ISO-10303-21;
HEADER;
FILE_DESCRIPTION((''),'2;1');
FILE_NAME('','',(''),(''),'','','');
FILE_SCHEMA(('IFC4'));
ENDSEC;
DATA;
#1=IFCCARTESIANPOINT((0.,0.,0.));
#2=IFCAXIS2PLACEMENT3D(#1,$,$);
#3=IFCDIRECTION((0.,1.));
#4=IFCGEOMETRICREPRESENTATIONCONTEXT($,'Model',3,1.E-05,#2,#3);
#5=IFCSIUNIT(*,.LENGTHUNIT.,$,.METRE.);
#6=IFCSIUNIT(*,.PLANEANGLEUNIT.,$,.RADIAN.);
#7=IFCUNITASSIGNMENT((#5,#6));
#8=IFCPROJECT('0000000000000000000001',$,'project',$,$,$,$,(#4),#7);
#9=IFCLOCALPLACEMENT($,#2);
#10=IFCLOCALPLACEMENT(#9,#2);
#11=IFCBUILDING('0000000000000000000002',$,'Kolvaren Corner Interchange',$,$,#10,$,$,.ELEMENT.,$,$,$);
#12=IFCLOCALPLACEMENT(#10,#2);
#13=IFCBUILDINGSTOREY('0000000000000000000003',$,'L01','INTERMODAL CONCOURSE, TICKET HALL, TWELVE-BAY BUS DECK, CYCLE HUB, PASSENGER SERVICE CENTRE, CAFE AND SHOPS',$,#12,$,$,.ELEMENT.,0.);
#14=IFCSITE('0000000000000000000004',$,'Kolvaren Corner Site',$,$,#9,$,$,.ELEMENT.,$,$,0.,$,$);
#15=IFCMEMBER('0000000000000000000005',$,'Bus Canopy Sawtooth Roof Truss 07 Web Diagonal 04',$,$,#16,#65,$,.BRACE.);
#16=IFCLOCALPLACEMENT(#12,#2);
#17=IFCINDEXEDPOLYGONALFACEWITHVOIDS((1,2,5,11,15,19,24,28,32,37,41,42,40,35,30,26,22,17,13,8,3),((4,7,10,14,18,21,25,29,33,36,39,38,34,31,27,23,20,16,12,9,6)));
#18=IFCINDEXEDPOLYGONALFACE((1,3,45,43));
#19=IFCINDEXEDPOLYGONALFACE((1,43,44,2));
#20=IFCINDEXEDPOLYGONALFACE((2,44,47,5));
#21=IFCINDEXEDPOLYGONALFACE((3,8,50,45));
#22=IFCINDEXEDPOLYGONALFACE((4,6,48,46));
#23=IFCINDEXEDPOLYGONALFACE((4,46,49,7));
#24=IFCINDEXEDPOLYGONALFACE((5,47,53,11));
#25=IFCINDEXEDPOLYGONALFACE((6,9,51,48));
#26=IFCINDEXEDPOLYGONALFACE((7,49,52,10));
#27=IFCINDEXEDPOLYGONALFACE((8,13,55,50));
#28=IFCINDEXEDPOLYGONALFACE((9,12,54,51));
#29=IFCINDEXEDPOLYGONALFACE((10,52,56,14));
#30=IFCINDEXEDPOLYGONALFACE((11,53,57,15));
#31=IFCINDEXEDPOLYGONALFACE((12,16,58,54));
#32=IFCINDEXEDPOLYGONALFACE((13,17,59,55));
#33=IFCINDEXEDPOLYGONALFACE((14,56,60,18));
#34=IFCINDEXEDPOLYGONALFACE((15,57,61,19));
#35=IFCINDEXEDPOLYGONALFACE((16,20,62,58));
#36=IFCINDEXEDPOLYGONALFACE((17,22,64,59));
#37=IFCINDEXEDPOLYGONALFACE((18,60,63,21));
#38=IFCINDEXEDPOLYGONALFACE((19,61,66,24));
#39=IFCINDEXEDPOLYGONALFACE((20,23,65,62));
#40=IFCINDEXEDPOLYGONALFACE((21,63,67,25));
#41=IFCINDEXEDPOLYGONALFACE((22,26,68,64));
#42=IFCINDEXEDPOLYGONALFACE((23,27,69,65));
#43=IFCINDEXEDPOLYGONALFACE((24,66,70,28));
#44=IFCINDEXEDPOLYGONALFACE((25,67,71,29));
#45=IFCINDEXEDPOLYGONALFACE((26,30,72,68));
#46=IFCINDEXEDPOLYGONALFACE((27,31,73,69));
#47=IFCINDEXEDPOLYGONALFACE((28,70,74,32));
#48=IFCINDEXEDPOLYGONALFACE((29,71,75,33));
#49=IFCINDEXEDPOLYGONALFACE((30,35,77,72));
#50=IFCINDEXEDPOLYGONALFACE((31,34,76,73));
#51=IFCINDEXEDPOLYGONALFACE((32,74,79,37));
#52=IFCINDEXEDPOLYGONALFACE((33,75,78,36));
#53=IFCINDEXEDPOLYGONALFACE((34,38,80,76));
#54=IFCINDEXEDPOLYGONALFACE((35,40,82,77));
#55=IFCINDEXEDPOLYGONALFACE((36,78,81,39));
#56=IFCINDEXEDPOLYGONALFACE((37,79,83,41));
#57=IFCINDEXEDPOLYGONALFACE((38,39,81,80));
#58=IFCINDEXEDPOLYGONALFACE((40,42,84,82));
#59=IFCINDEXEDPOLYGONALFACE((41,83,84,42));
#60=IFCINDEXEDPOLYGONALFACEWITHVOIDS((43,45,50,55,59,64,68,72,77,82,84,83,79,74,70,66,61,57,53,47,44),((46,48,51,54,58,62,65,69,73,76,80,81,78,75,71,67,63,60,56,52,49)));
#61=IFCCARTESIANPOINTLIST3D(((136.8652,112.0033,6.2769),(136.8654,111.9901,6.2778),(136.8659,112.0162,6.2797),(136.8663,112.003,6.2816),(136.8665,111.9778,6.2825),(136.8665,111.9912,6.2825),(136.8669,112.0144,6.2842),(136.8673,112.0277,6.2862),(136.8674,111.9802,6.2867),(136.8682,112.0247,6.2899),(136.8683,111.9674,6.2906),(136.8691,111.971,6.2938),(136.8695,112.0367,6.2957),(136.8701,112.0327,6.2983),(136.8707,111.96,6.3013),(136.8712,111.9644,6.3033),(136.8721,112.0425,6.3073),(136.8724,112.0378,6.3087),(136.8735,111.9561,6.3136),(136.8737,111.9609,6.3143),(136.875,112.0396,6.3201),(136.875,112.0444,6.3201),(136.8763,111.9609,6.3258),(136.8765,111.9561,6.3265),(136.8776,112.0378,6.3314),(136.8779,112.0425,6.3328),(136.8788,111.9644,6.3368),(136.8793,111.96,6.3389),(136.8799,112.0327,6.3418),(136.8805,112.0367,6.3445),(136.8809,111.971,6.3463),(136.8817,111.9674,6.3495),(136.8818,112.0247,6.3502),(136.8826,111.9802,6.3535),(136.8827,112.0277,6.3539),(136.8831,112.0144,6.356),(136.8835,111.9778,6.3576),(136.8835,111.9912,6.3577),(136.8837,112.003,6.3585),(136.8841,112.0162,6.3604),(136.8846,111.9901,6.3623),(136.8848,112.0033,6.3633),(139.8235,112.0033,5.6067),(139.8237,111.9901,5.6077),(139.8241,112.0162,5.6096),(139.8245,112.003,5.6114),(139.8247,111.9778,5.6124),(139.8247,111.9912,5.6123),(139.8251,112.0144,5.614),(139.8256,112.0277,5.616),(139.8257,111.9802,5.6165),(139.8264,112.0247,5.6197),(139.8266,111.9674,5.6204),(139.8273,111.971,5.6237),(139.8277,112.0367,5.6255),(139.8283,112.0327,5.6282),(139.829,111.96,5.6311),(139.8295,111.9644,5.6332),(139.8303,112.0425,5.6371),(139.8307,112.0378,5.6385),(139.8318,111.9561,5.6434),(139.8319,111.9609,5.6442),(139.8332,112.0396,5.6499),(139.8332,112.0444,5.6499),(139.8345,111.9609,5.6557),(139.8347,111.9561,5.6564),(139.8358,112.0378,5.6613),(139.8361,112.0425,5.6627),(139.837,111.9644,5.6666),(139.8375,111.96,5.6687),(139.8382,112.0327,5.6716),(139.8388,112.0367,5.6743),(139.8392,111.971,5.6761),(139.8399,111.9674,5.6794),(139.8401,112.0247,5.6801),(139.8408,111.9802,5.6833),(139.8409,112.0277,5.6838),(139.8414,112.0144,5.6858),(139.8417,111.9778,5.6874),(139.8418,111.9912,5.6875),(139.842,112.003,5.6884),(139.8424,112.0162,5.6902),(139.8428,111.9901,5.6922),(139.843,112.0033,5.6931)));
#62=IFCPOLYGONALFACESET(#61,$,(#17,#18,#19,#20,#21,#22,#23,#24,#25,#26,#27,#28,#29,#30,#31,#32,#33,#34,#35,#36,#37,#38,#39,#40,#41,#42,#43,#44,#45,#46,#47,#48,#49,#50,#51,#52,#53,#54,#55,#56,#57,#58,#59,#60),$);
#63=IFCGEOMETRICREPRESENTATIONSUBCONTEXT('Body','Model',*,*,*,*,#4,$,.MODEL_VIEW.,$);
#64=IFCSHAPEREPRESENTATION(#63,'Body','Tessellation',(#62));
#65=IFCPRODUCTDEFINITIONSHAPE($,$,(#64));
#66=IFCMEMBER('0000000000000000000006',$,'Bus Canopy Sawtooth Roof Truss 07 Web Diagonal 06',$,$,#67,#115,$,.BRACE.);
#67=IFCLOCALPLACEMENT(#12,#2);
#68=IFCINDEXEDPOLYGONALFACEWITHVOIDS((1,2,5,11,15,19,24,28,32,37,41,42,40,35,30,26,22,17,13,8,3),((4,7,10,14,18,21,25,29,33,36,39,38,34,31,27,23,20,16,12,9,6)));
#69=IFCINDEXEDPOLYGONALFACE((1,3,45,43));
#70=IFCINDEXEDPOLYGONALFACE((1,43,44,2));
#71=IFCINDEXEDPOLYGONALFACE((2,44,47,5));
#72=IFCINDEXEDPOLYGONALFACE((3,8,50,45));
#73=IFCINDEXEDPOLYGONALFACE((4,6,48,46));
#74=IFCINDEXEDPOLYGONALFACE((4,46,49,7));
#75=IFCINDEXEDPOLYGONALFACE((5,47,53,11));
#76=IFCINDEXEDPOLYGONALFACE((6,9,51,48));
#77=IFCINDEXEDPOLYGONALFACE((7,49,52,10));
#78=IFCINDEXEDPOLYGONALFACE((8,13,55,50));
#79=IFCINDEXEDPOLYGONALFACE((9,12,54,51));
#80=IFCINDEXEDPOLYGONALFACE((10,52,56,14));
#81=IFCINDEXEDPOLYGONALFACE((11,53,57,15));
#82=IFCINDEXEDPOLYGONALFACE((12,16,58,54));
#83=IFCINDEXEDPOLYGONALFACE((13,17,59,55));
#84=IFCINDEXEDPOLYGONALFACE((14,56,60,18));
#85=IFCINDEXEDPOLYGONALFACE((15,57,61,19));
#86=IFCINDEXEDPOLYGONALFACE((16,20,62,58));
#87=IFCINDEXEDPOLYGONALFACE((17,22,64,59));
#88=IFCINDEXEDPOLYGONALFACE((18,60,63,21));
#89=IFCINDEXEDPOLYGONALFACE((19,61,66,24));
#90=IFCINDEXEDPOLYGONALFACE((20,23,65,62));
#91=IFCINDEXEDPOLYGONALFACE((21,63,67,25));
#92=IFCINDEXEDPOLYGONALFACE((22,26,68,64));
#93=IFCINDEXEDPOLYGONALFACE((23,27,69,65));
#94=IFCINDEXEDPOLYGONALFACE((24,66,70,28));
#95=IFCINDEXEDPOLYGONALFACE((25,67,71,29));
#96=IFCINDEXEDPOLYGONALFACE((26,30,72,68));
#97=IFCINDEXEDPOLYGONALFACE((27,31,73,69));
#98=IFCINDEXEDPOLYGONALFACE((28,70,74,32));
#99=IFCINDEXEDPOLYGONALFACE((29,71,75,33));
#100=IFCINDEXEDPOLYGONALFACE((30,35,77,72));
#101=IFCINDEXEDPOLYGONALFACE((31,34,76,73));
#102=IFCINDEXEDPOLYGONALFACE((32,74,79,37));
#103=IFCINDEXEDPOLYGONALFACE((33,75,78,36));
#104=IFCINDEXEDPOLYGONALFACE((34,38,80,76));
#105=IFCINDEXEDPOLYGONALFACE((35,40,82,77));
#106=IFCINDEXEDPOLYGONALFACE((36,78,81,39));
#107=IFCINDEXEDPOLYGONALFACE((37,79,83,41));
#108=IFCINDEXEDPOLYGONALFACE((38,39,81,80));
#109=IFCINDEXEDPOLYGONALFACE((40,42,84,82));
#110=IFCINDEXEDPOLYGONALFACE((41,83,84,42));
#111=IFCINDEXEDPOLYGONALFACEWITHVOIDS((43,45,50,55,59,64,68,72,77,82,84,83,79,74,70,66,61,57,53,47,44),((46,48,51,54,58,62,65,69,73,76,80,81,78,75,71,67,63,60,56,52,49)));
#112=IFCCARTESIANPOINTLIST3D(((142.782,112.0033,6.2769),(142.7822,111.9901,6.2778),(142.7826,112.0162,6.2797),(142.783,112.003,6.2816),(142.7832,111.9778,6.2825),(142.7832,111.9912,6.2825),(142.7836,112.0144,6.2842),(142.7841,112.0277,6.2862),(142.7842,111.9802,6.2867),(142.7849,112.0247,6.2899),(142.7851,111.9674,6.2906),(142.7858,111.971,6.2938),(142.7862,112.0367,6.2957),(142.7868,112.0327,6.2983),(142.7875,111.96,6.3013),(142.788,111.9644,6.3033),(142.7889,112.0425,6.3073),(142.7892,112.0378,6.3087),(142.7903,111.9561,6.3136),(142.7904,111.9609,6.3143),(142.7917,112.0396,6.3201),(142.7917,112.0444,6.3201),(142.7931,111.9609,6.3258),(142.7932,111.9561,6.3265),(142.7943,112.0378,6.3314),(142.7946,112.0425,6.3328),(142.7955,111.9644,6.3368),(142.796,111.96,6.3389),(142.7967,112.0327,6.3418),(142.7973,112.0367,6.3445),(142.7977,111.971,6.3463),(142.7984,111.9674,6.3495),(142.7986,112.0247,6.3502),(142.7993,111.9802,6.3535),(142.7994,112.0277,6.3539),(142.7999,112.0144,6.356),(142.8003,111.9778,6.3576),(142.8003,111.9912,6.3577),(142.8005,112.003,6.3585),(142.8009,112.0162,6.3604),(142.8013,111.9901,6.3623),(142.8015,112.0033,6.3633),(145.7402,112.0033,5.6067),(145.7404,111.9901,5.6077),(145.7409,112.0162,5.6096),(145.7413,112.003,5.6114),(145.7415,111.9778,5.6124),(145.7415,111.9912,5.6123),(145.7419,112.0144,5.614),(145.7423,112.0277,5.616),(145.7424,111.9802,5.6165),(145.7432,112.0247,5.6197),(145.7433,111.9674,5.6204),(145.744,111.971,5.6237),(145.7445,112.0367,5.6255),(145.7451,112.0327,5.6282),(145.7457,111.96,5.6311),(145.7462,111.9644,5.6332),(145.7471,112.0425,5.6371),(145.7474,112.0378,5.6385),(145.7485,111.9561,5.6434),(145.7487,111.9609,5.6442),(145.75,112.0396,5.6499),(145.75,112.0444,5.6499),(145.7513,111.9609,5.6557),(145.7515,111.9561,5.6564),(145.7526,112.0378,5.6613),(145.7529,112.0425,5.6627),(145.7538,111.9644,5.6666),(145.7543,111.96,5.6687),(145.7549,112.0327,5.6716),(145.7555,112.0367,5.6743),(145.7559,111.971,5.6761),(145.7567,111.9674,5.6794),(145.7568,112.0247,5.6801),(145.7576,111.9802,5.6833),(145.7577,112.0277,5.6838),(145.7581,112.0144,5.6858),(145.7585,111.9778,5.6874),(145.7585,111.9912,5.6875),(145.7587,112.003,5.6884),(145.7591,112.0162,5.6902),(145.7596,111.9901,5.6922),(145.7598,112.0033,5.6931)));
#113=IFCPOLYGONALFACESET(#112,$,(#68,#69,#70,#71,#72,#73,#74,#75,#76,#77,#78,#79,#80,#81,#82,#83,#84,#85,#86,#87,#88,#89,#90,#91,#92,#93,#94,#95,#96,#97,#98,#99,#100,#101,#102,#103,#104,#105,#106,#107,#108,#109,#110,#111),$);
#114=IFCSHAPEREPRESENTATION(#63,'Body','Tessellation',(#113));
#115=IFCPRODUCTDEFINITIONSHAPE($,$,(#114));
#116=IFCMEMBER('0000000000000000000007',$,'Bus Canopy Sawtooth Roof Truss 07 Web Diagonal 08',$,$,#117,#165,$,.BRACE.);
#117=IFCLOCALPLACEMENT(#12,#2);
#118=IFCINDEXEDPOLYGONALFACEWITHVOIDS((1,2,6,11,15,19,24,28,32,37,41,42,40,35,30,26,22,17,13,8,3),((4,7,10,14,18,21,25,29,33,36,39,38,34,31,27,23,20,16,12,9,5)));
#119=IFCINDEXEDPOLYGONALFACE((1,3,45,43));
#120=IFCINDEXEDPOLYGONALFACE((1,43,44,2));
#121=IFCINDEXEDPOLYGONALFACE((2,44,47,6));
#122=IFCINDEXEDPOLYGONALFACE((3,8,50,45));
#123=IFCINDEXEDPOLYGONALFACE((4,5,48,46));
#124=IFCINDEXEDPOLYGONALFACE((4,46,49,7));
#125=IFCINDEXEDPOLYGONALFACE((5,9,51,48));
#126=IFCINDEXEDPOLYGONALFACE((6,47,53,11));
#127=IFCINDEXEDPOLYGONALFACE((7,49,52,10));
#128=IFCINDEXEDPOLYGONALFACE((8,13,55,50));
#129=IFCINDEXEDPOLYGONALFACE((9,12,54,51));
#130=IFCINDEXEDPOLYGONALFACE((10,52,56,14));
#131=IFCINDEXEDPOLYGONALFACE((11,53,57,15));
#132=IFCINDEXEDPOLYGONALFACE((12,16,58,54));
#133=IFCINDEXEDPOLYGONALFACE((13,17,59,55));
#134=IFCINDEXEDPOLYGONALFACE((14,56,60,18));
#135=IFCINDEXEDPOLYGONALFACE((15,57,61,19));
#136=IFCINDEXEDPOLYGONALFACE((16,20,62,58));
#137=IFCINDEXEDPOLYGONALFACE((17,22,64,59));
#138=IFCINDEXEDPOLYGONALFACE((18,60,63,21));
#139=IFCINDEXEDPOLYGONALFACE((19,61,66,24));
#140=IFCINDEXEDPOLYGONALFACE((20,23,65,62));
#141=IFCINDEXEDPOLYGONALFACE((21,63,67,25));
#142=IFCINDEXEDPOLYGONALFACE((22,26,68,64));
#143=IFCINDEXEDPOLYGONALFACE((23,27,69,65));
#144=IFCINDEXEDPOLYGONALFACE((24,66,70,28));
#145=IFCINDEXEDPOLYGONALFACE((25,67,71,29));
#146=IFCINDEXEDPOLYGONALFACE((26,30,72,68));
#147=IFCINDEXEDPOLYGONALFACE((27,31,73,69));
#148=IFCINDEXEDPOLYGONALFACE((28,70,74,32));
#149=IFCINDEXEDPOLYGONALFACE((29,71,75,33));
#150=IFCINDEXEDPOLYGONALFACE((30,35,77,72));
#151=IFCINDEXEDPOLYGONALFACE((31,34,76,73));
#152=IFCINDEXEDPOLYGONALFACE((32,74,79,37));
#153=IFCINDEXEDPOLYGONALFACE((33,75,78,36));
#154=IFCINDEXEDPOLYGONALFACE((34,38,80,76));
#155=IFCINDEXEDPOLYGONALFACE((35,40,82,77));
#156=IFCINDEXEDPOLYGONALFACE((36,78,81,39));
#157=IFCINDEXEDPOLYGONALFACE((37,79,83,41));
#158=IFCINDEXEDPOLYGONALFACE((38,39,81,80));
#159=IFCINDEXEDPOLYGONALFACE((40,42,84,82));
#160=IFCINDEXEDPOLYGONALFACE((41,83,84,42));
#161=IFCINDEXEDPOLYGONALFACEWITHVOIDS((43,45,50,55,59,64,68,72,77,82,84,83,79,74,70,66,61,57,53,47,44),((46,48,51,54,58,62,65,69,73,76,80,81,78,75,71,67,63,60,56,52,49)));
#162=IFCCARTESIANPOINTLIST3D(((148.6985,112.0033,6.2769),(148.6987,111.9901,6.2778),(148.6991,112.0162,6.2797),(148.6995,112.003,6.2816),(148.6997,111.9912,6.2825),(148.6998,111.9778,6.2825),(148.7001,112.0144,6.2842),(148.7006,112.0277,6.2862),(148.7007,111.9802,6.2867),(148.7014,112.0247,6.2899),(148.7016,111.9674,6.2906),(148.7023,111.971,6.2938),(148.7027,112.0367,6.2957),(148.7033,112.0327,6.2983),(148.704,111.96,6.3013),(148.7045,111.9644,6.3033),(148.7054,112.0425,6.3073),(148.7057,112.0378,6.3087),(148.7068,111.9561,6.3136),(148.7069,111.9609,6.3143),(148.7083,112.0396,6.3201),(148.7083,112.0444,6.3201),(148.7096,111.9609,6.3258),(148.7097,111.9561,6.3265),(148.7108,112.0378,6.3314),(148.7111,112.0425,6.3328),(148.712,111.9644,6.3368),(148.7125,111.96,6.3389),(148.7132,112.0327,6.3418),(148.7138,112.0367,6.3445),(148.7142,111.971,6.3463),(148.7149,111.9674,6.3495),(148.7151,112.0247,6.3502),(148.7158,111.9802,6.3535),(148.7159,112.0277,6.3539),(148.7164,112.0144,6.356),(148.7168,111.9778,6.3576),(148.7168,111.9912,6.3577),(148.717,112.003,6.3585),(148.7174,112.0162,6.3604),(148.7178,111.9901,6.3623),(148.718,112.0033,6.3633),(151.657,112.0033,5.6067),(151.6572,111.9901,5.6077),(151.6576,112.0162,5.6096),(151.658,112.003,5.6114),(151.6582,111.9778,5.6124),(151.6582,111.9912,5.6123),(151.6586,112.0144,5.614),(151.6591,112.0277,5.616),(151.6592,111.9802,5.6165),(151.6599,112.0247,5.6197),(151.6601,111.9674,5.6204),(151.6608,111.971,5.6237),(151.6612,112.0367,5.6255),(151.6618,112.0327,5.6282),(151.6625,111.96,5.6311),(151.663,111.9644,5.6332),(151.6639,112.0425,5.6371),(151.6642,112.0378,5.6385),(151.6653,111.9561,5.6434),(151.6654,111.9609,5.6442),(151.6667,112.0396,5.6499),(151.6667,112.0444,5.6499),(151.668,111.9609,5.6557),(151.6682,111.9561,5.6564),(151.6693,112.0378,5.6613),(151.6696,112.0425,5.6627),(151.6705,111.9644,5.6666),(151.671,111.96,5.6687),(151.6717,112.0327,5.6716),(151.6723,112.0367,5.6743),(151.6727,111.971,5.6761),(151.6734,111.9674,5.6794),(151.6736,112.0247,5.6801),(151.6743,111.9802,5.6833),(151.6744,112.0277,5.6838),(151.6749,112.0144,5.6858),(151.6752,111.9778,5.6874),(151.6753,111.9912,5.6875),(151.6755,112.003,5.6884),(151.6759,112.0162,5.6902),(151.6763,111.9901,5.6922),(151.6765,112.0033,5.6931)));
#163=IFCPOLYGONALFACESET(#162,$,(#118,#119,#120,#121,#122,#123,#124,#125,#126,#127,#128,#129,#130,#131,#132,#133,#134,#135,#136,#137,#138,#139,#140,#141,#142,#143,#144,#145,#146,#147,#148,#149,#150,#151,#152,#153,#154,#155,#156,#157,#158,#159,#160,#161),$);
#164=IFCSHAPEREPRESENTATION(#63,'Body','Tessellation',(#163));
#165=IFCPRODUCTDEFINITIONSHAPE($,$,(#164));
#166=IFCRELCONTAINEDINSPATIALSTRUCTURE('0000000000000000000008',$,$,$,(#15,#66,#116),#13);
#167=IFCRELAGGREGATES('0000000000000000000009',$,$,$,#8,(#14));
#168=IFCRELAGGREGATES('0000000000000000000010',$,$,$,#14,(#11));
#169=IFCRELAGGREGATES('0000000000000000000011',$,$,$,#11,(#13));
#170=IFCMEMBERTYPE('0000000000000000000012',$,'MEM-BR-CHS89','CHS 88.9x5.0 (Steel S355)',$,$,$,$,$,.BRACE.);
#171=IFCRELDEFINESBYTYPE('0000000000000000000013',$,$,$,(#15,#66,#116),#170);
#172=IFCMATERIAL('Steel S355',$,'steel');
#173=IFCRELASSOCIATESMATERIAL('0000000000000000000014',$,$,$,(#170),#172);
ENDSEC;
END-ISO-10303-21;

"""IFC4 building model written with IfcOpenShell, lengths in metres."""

from ifc_helpers import new_model, si_unit, direction, frame, origin, origin_2d, place, context, subcontext, project, spatial, hollow_circle, extrude, material, material_profile, profile_set, type_object, element, save


model = new_model("IFC4")

# Units and contexts
model_context = context("Model", 3, precision=1e-05, world=origin(), true_north=direction((0.0, 1.0)))
body_context = subcontext(model_context, "Body", "Model", "MODEL_VIEW")
ifc_project = project(units=[si_unit("LENGTHUNIT", "METRE"), si_unit("PLANEANGLEUNIT", "RADIAN")], contexts=[model_context])

# Site, building, storey
site_placement = place(None, origin())
site = spatial("IfcSite", under=ifc_project, at=site_placement, Name="Kolvaren Corner Site", CompositionType="ELEMENT", RefElevation=0.0)
building_placement = place(site_placement, origin())
building = spatial("IfcBuilding", under=site, at=building_placement, Name="Kolvaren Corner Interchange", CompositionType="ELEMENT")
storey_placement = place(building_placement, origin())
storey = spatial("IfcBuildingStorey", under=building, at=storey_placement, Name="L01", Description="INTERMODAL CONCOURSE, TICKET HALL, TWELVE-BAY BUS DECK, CYCLE HUB, PASSENGER SERVICE CENTRE, CAFE AND SHOPS", CompositionType="ELEMENT", Elevation=0.0)

# Members
ifc_material_1 = material(Name="Steel S355", Category="steel")
ifc_material_profile_1 = material_profile(ifc_material_1, hollow_circle(Radius=0.0444, WallThickness=0.0049, at=origin_2d()), Name="CHS 88.9x5.0")
ifc_profile_set_1 = profile_set([ifc_material_profile_1], Name="Steel S355")
member_type_1 = type_object("IfcMemberType", Name="MEM-BR-CHS89", Description="CHS 88.9x5.0 (Steel S355)", PredefinedType="BRACE", material=ifc_profile_set_1)
for number, where, z_axis, x_axis, name in (
    (1, (136.875, 112.0, 6.3201), (0.975287, 0.0, -0.220943), (0.0, 1.0, 0.0), "Bus Canopy Sawtooth Roof Truss 07 Web Diagonal 04"),
    (2, (142.7917, 112.0, 6.3201), (0.975287, 0.0, -0.220943), (0.0, 1.0, 0.0), "Bus Canopy Sawtooth Roof Truss 07 Web Diagonal 06"),
):
    element("IfcMember", number, at=place(storey_placement, frame(where, z_axis=z_axis, x_axis=x_axis)), inside=storey, type_object=member_type_1, Name=name, PredefinedType="BRACE", context=body_context, shape_type="SweptSolid", body=[
        extrude(hollow_circle(Radius=0.0444, WallThickness=0.0049, at=origin_2d()), origin(), (0.0, 0.0, 1.0), 3.0332),
    ])
member_1_placement = place(storey_placement, frame((148.7083, 112.0, 6.3201), z_axis=(0.975291, 0.0, -0.220925), x_axis=(0.0, 1.0, 0.0)))
element("IfcMember", 3, at=member_1_placement, inside=storey, type_object=member_type_1, Name="Bus Canopy Sawtooth Roof Truss 07 Web Diagonal 08", PredefinedType="BRACE", context=body_context, shape_type="SweptSolid", body=[
    extrude(hollow_circle(Radius=0.0444, WallThickness=0.0049, at=origin_2d()), origin(), (0.0, 0.0, 1.0), 3.0334),
])

save(model, "model.ifc")
